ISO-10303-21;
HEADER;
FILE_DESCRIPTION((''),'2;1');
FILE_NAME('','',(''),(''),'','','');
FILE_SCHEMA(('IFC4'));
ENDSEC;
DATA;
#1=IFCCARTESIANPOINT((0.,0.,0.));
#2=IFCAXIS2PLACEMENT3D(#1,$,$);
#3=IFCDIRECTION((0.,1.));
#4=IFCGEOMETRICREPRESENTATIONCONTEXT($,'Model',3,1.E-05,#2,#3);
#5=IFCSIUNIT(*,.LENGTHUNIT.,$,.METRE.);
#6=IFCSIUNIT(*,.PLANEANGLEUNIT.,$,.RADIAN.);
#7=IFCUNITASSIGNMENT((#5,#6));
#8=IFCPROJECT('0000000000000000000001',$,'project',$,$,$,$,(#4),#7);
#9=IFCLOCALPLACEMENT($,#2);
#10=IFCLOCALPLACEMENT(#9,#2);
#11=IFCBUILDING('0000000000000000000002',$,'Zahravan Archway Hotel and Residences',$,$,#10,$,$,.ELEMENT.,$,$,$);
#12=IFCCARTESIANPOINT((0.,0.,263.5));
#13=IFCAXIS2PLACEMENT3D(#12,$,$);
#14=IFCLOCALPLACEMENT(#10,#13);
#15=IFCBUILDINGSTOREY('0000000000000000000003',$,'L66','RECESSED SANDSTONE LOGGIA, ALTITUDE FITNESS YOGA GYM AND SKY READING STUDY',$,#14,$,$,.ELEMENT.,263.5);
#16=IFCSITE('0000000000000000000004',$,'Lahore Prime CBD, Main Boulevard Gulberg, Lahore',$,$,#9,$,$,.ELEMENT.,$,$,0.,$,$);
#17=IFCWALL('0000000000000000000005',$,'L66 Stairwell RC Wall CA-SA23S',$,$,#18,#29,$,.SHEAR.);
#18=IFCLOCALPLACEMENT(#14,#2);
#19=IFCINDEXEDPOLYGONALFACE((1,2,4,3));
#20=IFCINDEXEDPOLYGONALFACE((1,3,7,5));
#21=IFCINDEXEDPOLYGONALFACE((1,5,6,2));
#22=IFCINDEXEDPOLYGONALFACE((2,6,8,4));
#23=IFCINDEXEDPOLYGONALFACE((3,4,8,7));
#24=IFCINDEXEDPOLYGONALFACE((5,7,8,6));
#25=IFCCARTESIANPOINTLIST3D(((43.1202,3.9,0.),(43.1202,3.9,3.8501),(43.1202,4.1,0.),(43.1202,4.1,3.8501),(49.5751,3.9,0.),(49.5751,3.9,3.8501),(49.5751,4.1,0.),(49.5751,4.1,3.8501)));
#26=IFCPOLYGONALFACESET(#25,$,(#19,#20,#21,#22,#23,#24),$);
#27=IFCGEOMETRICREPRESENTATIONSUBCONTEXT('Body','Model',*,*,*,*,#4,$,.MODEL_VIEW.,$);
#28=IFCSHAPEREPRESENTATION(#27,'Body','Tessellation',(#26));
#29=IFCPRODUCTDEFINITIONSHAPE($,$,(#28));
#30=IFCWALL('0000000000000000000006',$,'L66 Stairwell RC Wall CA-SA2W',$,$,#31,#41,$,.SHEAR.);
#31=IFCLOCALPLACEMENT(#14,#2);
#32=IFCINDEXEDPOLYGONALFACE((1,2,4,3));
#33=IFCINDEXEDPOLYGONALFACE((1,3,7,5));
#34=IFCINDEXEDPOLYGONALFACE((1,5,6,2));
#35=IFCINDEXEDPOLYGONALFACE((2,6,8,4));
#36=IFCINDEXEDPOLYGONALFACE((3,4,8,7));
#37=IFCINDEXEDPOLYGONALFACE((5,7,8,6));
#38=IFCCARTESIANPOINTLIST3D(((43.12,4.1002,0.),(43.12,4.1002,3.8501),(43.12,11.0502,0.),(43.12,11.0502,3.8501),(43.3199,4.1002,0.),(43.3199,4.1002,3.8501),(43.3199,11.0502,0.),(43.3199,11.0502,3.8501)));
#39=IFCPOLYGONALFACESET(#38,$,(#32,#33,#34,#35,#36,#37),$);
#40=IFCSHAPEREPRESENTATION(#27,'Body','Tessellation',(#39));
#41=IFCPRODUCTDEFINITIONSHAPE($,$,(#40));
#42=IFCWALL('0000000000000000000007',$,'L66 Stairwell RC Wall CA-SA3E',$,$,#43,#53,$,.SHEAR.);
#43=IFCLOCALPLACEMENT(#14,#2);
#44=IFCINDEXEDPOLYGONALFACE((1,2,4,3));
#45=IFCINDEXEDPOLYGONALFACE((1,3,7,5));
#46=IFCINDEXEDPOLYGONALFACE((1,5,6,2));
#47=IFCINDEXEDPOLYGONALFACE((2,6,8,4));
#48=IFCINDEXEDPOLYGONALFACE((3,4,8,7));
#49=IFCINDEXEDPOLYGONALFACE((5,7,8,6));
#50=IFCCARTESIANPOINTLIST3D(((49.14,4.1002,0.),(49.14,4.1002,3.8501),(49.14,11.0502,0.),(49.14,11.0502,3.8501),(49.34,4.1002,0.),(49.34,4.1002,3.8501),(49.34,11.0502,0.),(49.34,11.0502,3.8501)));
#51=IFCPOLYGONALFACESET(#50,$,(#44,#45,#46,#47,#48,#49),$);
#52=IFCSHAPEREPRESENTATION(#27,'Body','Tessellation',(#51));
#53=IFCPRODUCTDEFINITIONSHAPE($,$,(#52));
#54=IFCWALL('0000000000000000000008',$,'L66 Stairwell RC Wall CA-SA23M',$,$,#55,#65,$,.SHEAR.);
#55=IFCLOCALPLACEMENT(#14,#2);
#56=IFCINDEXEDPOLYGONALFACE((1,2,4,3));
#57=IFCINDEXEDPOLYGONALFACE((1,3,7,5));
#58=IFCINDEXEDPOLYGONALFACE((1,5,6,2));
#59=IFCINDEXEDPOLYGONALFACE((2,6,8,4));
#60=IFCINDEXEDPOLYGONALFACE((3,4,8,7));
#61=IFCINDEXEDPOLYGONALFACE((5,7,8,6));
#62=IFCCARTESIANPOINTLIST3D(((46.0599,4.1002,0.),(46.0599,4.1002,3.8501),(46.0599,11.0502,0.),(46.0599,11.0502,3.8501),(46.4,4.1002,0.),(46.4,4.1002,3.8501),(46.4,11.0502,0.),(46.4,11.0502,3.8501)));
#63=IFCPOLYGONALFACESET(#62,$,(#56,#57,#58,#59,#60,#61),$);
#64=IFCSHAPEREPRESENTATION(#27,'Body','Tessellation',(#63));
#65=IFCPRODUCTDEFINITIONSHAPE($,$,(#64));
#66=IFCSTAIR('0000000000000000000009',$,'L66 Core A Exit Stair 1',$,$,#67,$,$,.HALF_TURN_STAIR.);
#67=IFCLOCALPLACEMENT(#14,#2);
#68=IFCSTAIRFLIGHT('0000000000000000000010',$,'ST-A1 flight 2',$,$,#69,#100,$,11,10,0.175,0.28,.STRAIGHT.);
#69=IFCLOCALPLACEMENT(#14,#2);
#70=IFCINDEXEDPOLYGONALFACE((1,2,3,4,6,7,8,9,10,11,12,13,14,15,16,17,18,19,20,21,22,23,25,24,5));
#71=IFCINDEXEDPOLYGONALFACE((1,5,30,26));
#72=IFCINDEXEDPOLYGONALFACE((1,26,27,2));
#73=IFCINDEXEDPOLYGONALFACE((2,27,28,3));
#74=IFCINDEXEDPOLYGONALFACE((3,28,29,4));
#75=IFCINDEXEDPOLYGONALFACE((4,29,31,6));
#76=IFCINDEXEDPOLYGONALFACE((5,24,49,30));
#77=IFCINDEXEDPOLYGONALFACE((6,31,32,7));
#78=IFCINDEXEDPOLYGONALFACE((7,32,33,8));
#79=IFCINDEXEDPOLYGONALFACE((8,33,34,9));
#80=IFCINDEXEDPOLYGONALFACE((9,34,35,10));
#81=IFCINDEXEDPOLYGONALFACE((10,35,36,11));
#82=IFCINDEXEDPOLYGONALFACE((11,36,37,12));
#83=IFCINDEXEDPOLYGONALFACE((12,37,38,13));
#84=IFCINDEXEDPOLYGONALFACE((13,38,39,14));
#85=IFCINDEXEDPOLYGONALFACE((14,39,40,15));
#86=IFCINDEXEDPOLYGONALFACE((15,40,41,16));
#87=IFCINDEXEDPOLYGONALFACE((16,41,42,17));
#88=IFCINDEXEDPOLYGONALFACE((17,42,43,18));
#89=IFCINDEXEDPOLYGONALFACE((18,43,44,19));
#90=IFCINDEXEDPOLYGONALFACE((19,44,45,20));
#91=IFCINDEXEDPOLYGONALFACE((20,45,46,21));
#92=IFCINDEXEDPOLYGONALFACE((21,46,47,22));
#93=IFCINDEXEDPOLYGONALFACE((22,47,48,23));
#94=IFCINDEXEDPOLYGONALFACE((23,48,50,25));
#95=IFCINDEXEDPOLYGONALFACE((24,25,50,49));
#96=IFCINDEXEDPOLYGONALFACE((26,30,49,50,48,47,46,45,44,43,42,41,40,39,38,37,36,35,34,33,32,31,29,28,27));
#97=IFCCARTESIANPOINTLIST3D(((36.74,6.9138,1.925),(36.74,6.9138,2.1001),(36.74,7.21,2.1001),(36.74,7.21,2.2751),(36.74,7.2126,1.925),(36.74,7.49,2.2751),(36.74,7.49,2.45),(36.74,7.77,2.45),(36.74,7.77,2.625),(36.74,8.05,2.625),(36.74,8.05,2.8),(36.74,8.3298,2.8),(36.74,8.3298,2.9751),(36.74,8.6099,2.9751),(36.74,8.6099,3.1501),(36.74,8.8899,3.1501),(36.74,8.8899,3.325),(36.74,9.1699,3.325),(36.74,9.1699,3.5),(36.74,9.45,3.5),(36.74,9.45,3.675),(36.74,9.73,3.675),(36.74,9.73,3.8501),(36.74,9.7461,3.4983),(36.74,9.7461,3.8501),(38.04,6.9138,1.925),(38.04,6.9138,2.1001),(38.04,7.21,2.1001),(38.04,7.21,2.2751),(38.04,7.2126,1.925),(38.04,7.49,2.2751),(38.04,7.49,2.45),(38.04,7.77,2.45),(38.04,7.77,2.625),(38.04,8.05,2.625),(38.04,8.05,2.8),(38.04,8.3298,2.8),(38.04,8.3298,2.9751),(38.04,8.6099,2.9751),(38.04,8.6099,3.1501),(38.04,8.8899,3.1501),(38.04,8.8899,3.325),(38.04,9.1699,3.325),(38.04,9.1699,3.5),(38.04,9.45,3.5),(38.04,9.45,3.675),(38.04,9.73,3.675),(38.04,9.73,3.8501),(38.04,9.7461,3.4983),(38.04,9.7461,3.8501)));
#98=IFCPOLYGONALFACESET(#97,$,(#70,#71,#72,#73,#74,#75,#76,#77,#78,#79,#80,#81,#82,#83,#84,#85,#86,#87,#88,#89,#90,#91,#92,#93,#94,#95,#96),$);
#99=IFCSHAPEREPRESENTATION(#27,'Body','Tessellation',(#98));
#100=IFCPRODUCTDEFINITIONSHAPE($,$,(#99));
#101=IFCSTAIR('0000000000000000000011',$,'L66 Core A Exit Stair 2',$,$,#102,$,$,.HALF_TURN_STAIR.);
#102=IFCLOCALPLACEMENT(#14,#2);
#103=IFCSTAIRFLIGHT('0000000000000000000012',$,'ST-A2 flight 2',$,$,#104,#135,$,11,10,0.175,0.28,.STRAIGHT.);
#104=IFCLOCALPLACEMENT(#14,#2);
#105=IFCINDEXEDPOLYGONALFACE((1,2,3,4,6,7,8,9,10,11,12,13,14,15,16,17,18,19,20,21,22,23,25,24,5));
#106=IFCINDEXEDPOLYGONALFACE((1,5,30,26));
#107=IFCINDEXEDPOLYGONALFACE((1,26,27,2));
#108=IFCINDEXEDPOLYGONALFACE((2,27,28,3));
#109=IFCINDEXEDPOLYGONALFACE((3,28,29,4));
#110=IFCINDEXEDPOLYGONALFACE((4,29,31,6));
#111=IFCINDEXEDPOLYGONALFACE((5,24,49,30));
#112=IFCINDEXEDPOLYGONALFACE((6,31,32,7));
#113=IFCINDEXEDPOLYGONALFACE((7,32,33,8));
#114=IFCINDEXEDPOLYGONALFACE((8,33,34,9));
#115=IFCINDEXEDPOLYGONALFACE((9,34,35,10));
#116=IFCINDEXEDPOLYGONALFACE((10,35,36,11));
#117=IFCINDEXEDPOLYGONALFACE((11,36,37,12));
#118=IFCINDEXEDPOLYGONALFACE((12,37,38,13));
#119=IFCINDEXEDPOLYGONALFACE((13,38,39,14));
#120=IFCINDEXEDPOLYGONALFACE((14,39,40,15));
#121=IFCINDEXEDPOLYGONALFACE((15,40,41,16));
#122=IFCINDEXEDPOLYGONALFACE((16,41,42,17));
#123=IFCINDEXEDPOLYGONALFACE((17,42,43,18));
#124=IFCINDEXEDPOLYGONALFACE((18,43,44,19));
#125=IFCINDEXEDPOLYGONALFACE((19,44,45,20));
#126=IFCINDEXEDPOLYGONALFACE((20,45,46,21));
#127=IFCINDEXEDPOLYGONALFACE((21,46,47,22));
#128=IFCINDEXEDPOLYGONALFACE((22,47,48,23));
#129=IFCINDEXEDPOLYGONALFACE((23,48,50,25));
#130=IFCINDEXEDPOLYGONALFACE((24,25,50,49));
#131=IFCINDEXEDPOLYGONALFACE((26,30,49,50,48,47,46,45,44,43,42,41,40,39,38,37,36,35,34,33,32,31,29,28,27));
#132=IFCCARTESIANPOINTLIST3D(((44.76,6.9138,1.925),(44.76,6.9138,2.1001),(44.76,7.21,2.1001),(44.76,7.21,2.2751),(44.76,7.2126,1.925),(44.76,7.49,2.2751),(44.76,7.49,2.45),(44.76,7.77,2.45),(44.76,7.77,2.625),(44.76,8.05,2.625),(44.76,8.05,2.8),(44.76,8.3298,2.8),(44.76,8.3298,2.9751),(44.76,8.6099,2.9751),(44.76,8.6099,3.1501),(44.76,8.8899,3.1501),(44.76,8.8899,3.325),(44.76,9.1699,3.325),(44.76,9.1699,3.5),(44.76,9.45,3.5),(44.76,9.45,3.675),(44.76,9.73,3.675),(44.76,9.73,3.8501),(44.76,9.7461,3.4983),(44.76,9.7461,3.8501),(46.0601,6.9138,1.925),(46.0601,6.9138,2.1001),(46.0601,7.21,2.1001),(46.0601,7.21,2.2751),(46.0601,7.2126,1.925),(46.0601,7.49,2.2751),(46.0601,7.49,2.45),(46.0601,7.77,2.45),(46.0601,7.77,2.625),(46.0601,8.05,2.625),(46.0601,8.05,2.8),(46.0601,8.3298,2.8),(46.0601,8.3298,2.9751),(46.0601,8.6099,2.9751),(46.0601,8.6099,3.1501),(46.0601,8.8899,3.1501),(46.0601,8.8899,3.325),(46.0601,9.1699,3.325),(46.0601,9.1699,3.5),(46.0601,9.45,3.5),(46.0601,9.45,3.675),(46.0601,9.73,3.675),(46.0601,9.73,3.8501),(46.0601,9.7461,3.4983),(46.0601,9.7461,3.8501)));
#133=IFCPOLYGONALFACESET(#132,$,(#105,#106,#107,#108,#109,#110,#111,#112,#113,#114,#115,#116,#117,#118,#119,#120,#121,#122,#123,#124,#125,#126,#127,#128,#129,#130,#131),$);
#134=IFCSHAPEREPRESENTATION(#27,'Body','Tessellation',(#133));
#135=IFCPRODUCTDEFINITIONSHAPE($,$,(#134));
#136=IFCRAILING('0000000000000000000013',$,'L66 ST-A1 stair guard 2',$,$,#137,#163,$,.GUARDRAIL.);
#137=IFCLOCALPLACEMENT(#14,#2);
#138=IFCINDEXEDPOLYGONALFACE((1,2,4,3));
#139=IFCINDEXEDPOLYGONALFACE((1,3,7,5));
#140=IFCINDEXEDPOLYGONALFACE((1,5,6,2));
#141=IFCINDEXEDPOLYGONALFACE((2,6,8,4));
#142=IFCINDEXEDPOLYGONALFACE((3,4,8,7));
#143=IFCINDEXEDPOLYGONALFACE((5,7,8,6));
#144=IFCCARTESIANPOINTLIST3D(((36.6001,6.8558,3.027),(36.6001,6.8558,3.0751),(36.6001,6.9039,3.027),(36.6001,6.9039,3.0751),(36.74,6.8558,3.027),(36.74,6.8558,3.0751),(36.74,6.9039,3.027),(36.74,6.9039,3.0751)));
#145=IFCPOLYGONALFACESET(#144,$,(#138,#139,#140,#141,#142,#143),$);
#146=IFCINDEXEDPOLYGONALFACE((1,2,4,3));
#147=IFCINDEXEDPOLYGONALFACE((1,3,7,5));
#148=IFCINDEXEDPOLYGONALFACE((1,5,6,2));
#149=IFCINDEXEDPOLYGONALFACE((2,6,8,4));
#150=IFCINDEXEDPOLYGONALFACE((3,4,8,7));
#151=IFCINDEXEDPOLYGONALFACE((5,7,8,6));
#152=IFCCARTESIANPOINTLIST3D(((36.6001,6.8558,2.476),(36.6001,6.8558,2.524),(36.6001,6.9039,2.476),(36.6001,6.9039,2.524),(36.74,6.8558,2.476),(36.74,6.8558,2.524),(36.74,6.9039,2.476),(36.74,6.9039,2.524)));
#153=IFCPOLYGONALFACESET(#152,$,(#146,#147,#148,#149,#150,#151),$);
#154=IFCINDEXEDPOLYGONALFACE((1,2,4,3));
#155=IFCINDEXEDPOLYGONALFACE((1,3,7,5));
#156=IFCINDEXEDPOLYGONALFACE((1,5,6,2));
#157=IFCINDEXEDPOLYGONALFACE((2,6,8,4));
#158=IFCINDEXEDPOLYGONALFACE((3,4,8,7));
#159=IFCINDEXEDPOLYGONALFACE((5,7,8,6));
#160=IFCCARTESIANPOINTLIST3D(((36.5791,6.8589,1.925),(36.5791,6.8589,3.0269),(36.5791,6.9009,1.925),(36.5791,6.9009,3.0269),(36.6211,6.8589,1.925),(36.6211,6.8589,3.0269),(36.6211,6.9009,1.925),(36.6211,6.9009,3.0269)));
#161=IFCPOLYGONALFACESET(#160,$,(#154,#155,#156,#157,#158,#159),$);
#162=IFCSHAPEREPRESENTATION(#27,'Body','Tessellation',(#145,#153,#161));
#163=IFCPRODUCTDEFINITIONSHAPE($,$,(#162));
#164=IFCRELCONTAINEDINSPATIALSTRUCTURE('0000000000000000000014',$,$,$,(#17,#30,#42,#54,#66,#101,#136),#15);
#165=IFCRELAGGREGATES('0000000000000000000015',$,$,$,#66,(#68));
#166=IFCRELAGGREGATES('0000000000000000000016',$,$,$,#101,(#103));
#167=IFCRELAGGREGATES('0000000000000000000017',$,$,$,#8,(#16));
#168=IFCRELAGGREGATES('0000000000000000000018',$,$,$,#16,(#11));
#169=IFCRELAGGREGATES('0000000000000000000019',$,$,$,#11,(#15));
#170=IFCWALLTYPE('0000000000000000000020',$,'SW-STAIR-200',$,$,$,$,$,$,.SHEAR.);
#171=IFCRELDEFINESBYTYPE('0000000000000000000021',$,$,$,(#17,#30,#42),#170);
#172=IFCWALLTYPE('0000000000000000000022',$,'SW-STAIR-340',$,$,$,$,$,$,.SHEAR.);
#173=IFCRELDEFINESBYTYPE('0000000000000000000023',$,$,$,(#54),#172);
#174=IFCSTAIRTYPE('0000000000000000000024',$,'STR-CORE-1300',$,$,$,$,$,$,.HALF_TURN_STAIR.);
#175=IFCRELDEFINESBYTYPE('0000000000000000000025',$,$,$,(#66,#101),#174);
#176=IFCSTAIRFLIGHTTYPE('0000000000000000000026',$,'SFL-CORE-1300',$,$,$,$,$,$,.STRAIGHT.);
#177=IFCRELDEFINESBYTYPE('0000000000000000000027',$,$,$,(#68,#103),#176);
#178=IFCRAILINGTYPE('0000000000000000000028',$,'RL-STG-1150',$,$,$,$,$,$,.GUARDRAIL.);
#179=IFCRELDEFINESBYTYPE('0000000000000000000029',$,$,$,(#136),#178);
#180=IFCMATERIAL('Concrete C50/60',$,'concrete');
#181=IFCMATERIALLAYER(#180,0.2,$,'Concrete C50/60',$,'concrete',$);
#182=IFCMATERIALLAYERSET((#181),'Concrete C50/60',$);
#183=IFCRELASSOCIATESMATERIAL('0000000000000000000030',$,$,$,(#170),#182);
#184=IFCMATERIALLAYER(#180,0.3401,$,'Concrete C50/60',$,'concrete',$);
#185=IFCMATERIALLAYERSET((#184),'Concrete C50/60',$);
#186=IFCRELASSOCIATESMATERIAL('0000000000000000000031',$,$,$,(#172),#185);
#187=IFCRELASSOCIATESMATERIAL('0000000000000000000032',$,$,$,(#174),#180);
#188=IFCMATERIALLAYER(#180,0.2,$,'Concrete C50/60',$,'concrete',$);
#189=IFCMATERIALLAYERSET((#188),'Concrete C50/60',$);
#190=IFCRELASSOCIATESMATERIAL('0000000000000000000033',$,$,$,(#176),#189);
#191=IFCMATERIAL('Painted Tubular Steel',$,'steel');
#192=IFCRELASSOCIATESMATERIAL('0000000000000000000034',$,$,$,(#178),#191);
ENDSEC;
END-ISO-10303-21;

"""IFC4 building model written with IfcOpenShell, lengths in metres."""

from ifc_helpers import new_model, si_unit, direction, frame, frame_2d, origin, origin_2d, place, context, subcontext, project, spatial, polyline, rectangle, outline, extrude, source, transform, mapped, material, layer, layer_set, type_object, element, aggregate, save


model = new_model("IFC4")

# Units and contexts
model_context = context("Model", 3, precision=1e-05, world=origin(), true_north=direction((0.0, 1.0)))
body_context = subcontext(model_context, "Body", "Model", "MODEL_VIEW")
ifc_project = project(units=[si_unit("LENGTHUNIT", "METRE"), si_unit("PLANEANGLEUNIT", "RADIAN")], contexts=[model_context])

# Site, building, storey
site_placement = place(None, origin())
site = spatial("IfcSite", under=ifc_project, at=site_placement, Name="Lahore Prime CBD, Main Boulevard Gulberg, Lahore", CompositionType="ELEMENT", RefElevation=0.0)
building_placement = place(site_placement, origin())
building = spatial("IfcBuilding", under=site, at=building_placement, Name="Zahravan Archway Hotel and Residences", CompositionType="ELEMENT")
storey_placement = place(building_placement, frame((0.0, 0.0, 263.5)))
storey = spatial("IfcBuildingStorey", under=building, at=storey_placement, Name="L66", Description="RECESSED SANDSTONE LOGGIA, ALTITUDE FITNESS YOGA GYM AND SKY READING STUDY", CompositionType="ELEMENT", Elevation=263.5)

# Shared definitions
ifc_material_1 = material(Name="Concrete C50/60", Category="concrete")

# Walls
ifc_layer_1 = layer(ifc_material_1, 0.2, Name="Concrete C50/60", Category="concrete")
ifc_layer_set_1 = layer_set([ifc_layer_1], Name="Concrete C50/60")
wall_type_1 = type_object("IfcWallType", Name="SW-STAIR-200", PredefinedType="SHEAR", material=ifc_layer_set_1)
wall_1_placement = place(storey_placement, frame((43.1201, 4.0, 0.0), z_axis=(0.0, 0.0, 1.0), x_axis=(1.0, 0.0, 0.0)))
element("IfcWall", 1, at=wall_1_placement, inside=storey, type_object=wall_type_1, Name="L66 Stairwell RC Wall CA-SA23S", PredefinedType="SHEAR", context=body_context, shape_type="SweptSolid", body=[
    extrude(rectangle(XDim=6.4548, YDim=0.2, at=frame_2d((3.2275, 0.0))), origin(), (0.0, 0.0, 1.0), 3.8501),
])
for number, where, z_axis, x_axis, name in (
    (2, (43.22, 4.1001, 0.0), (0.0, 0.0, 1.0), (0.0, 1.0, 0.0), "L66 Stairwell RC Wall CA-SA2W"),
    (3, (49.24, 4.1001, 0.0), (0.0, 0.0, 1.0), (0.0, 1.0, 0.0), "L66 Stairwell RC Wall CA-SA3E"),
):
    element("IfcWall", number, at=place(storey_placement, frame(where, z_axis=z_axis, x_axis=x_axis)), inside=storey, type_object=wall_type_1, Name=name, PredefinedType="SHEAR", context=body_context, shape_type="SweptSolid", body=[
        extrude(rectangle(XDim=6.95, YDim=0.2, at=frame_2d((3.4751, 0.0))), origin(), (0.0, 0.0, 1.0), 3.8501),
    ])
ifc_layer_2 = layer(ifc_material_1, 0.3401, Name="Concrete C50/60", Category="concrete")
ifc_layer_set_2 = layer_set([ifc_layer_2], Name="Concrete C50/60")
wall_type_2 = type_object("IfcWallType", Name="SW-STAIR-340", PredefinedType="SHEAR", material=ifc_layer_set_2)
wall_2_placement = place(storey_placement, frame((46.23, 4.1001, 0.0), z_axis=(0.0, 0.0, 1.0), x_axis=(0.0, 1.0, 0.0)))
element("IfcWall", 4, at=wall_2_placement, inside=storey, type_object=wall_type_2, Name="L66 Stairwell RC Wall CA-SA23M", PredefinedType="SHEAR", context=body_context, shape_type="SweptSolid", body=[
    extrude(rectangle(XDim=6.95, YDim=0.3401, at=frame_2d((3.4751, 0.0))), origin(), (0.0, 0.0, 1.0), 3.8501),
])

# Stairs, stair flights
stair_type = type_object("IfcStairType", Name="STR-CORE-1300", PredefinedType="HALF_TURN_STAIR", material=ifc_material_1)
stair_1_placement = place(storey_placement, origin())
stair_1 = element("IfcStair", 5, at=stair_1_placement, inside=storey, type_object=stair_type, Name="L66 Core A Exit Stair 1", PredefinedType="HALF_TURN_STAIR")
ifc_layer_3 = layer(ifc_material_1, 0.2, Name="Concrete C50/60", Category="concrete")
ifc_layer_set_3 = layer_set([ifc_layer_3], Name="Concrete C50/60")
stair_flight_type = type_object("IfcStairFlightType", Name="SFL-CORE-1300", PredefinedType="STRAIGHT", material=ifc_layer_set_3)
shared_shape_1 = source(origin(), body_context, "Body", "SweptSolid", [
    extrude(outline(polyline([(-0.0161, 0.0), (-0.0161, 0.175), (0.28, 0.175), (0.28, 0.3501), (0.5601, 0.3501), (0.5601, 0.5249), (0.8401, 0.5249), (0.8401, 0.7), (1.1201, 0.7), (1.1201, 0.875), (1.3999, 0.875), (1.3999, 1.05), (1.6799, 1.05), (1.6799, 1.2251), (1.96, 1.2251), (1.96, 1.3999), (2.24, 1.3999), (2.24, 1.575), (2.52, 1.575), (2.52, 1.75), (2.8, 1.75), (2.8, 1.925), (2.8162, 1.925), (2.8162, 1.5732), (0.2827, 0.0), (-0.0161, 0.0)])), frame((0.0, 0.6499, 0.0), z_axis=(0.0, -1.0, 0.0), x_axis=(1.0, 0.0, 0.0)), (0.0, 0.0, 1.0), 1.3),
])
stair_flight_1_placement = place(storey_placement, frame((37.3899, 6.9299, 1.925), z_axis=(0.0, 0.0, 1.0), x_axis=(0.0, 1.0, 0.0)))
stair_flight_1 = element("IfcStairFlight", 6, at=stair_flight_1_placement, type_object=stair_flight_type, Name="ST-A1 flight 2", NumberOfRisers=11, NumberOfTreads=10, PredefinedType="STRAIGHT", RiserHeight=0.175, TreadLength=0.28, context=body_context, shape_type="MappedRepresentation", body=[
    mapped(shared_shape_1, transform((0.0, 0.0, 0.0), scale=1.0)),
])
aggregate(stair_1, [stair_flight_1])
stair_2_placement = place(storey_placement, origin())
stair_2 = element("IfcStair", 7, at=stair_2_placement, inside=storey, type_object=stair_type, Name="L66 Core A Exit Stair 2", PredefinedType="HALF_TURN_STAIR")
stair_flight_2_placement = place(storey_placement, frame((45.4099, 6.9299, 1.925), z_axis=(0.0, 0.0, 1.0), x_axis=(0.0, 1.0, 0.0)))
stair_flight_2 = element("IfcStairFlight", 8, at=stair_flight_2_placement, type_object=stair_flight_type, Name="ST-A2 flight 2", NumberOfRisers=11, NumberOfTreads=10, PredefinedType="STRAIGHT", RiserHeight=0.175, TreadLength=0.28, context=body_context, shape_type="MappedRepresentation", body=[
    mapped(shared_shape_1, transform((0.0, 0.0, 0.0), scale=1.0)),
])
aggregate(stair_2, [stair_flight_2])

# Railing
ifc_material_2 = material(Name="Painted Tubular Steel", Category="steel")
railing_type_1 = type_object("IfcRailingType", Name="RL-STG-1150", PredefinedType="GUARDRAIL", material=ifc_material_2)
railing_1_placement = place(storey_placement, frame((36.6001, 6.8799, 1.925)))
element("IfcRailing", 9, at=railing_1_placement, inside=storey, type_object=railing_type_1, Name="L66 ST-A1 stair guard 2", PredefinedType="GUARDRAIL", context=body_context, shape_type="SweptSolid", body=[
    extrude(rectangle(XDim=0.0481, YDim=0.0481, at=origin_2d()), frame((0.0, 0.0, 1.126), z_axis=(1.0, 0.0, 0.0), x_axis=(0.0, 1.0, 0.0)), (0.0, 0.0, 1.0), 0.1399),
    extrude(rectangle(XDim=0.0481, YDim=0.0481, at=origin_2d()), frame((0.0, 0.0, 0.575), z_axis=(1.0, 0.0, 0.0), x_axis=(0.0, 1.0, 0.0)), (0.0, 0.0, 1.0), 0.1399),
    extrude(rectangle(XDim=0.042, YDim=0.042, at=origin_2d()), origin(), (0.0, 0.0, 1.0), 1.1018),
])

save(model, "model.ifc")
